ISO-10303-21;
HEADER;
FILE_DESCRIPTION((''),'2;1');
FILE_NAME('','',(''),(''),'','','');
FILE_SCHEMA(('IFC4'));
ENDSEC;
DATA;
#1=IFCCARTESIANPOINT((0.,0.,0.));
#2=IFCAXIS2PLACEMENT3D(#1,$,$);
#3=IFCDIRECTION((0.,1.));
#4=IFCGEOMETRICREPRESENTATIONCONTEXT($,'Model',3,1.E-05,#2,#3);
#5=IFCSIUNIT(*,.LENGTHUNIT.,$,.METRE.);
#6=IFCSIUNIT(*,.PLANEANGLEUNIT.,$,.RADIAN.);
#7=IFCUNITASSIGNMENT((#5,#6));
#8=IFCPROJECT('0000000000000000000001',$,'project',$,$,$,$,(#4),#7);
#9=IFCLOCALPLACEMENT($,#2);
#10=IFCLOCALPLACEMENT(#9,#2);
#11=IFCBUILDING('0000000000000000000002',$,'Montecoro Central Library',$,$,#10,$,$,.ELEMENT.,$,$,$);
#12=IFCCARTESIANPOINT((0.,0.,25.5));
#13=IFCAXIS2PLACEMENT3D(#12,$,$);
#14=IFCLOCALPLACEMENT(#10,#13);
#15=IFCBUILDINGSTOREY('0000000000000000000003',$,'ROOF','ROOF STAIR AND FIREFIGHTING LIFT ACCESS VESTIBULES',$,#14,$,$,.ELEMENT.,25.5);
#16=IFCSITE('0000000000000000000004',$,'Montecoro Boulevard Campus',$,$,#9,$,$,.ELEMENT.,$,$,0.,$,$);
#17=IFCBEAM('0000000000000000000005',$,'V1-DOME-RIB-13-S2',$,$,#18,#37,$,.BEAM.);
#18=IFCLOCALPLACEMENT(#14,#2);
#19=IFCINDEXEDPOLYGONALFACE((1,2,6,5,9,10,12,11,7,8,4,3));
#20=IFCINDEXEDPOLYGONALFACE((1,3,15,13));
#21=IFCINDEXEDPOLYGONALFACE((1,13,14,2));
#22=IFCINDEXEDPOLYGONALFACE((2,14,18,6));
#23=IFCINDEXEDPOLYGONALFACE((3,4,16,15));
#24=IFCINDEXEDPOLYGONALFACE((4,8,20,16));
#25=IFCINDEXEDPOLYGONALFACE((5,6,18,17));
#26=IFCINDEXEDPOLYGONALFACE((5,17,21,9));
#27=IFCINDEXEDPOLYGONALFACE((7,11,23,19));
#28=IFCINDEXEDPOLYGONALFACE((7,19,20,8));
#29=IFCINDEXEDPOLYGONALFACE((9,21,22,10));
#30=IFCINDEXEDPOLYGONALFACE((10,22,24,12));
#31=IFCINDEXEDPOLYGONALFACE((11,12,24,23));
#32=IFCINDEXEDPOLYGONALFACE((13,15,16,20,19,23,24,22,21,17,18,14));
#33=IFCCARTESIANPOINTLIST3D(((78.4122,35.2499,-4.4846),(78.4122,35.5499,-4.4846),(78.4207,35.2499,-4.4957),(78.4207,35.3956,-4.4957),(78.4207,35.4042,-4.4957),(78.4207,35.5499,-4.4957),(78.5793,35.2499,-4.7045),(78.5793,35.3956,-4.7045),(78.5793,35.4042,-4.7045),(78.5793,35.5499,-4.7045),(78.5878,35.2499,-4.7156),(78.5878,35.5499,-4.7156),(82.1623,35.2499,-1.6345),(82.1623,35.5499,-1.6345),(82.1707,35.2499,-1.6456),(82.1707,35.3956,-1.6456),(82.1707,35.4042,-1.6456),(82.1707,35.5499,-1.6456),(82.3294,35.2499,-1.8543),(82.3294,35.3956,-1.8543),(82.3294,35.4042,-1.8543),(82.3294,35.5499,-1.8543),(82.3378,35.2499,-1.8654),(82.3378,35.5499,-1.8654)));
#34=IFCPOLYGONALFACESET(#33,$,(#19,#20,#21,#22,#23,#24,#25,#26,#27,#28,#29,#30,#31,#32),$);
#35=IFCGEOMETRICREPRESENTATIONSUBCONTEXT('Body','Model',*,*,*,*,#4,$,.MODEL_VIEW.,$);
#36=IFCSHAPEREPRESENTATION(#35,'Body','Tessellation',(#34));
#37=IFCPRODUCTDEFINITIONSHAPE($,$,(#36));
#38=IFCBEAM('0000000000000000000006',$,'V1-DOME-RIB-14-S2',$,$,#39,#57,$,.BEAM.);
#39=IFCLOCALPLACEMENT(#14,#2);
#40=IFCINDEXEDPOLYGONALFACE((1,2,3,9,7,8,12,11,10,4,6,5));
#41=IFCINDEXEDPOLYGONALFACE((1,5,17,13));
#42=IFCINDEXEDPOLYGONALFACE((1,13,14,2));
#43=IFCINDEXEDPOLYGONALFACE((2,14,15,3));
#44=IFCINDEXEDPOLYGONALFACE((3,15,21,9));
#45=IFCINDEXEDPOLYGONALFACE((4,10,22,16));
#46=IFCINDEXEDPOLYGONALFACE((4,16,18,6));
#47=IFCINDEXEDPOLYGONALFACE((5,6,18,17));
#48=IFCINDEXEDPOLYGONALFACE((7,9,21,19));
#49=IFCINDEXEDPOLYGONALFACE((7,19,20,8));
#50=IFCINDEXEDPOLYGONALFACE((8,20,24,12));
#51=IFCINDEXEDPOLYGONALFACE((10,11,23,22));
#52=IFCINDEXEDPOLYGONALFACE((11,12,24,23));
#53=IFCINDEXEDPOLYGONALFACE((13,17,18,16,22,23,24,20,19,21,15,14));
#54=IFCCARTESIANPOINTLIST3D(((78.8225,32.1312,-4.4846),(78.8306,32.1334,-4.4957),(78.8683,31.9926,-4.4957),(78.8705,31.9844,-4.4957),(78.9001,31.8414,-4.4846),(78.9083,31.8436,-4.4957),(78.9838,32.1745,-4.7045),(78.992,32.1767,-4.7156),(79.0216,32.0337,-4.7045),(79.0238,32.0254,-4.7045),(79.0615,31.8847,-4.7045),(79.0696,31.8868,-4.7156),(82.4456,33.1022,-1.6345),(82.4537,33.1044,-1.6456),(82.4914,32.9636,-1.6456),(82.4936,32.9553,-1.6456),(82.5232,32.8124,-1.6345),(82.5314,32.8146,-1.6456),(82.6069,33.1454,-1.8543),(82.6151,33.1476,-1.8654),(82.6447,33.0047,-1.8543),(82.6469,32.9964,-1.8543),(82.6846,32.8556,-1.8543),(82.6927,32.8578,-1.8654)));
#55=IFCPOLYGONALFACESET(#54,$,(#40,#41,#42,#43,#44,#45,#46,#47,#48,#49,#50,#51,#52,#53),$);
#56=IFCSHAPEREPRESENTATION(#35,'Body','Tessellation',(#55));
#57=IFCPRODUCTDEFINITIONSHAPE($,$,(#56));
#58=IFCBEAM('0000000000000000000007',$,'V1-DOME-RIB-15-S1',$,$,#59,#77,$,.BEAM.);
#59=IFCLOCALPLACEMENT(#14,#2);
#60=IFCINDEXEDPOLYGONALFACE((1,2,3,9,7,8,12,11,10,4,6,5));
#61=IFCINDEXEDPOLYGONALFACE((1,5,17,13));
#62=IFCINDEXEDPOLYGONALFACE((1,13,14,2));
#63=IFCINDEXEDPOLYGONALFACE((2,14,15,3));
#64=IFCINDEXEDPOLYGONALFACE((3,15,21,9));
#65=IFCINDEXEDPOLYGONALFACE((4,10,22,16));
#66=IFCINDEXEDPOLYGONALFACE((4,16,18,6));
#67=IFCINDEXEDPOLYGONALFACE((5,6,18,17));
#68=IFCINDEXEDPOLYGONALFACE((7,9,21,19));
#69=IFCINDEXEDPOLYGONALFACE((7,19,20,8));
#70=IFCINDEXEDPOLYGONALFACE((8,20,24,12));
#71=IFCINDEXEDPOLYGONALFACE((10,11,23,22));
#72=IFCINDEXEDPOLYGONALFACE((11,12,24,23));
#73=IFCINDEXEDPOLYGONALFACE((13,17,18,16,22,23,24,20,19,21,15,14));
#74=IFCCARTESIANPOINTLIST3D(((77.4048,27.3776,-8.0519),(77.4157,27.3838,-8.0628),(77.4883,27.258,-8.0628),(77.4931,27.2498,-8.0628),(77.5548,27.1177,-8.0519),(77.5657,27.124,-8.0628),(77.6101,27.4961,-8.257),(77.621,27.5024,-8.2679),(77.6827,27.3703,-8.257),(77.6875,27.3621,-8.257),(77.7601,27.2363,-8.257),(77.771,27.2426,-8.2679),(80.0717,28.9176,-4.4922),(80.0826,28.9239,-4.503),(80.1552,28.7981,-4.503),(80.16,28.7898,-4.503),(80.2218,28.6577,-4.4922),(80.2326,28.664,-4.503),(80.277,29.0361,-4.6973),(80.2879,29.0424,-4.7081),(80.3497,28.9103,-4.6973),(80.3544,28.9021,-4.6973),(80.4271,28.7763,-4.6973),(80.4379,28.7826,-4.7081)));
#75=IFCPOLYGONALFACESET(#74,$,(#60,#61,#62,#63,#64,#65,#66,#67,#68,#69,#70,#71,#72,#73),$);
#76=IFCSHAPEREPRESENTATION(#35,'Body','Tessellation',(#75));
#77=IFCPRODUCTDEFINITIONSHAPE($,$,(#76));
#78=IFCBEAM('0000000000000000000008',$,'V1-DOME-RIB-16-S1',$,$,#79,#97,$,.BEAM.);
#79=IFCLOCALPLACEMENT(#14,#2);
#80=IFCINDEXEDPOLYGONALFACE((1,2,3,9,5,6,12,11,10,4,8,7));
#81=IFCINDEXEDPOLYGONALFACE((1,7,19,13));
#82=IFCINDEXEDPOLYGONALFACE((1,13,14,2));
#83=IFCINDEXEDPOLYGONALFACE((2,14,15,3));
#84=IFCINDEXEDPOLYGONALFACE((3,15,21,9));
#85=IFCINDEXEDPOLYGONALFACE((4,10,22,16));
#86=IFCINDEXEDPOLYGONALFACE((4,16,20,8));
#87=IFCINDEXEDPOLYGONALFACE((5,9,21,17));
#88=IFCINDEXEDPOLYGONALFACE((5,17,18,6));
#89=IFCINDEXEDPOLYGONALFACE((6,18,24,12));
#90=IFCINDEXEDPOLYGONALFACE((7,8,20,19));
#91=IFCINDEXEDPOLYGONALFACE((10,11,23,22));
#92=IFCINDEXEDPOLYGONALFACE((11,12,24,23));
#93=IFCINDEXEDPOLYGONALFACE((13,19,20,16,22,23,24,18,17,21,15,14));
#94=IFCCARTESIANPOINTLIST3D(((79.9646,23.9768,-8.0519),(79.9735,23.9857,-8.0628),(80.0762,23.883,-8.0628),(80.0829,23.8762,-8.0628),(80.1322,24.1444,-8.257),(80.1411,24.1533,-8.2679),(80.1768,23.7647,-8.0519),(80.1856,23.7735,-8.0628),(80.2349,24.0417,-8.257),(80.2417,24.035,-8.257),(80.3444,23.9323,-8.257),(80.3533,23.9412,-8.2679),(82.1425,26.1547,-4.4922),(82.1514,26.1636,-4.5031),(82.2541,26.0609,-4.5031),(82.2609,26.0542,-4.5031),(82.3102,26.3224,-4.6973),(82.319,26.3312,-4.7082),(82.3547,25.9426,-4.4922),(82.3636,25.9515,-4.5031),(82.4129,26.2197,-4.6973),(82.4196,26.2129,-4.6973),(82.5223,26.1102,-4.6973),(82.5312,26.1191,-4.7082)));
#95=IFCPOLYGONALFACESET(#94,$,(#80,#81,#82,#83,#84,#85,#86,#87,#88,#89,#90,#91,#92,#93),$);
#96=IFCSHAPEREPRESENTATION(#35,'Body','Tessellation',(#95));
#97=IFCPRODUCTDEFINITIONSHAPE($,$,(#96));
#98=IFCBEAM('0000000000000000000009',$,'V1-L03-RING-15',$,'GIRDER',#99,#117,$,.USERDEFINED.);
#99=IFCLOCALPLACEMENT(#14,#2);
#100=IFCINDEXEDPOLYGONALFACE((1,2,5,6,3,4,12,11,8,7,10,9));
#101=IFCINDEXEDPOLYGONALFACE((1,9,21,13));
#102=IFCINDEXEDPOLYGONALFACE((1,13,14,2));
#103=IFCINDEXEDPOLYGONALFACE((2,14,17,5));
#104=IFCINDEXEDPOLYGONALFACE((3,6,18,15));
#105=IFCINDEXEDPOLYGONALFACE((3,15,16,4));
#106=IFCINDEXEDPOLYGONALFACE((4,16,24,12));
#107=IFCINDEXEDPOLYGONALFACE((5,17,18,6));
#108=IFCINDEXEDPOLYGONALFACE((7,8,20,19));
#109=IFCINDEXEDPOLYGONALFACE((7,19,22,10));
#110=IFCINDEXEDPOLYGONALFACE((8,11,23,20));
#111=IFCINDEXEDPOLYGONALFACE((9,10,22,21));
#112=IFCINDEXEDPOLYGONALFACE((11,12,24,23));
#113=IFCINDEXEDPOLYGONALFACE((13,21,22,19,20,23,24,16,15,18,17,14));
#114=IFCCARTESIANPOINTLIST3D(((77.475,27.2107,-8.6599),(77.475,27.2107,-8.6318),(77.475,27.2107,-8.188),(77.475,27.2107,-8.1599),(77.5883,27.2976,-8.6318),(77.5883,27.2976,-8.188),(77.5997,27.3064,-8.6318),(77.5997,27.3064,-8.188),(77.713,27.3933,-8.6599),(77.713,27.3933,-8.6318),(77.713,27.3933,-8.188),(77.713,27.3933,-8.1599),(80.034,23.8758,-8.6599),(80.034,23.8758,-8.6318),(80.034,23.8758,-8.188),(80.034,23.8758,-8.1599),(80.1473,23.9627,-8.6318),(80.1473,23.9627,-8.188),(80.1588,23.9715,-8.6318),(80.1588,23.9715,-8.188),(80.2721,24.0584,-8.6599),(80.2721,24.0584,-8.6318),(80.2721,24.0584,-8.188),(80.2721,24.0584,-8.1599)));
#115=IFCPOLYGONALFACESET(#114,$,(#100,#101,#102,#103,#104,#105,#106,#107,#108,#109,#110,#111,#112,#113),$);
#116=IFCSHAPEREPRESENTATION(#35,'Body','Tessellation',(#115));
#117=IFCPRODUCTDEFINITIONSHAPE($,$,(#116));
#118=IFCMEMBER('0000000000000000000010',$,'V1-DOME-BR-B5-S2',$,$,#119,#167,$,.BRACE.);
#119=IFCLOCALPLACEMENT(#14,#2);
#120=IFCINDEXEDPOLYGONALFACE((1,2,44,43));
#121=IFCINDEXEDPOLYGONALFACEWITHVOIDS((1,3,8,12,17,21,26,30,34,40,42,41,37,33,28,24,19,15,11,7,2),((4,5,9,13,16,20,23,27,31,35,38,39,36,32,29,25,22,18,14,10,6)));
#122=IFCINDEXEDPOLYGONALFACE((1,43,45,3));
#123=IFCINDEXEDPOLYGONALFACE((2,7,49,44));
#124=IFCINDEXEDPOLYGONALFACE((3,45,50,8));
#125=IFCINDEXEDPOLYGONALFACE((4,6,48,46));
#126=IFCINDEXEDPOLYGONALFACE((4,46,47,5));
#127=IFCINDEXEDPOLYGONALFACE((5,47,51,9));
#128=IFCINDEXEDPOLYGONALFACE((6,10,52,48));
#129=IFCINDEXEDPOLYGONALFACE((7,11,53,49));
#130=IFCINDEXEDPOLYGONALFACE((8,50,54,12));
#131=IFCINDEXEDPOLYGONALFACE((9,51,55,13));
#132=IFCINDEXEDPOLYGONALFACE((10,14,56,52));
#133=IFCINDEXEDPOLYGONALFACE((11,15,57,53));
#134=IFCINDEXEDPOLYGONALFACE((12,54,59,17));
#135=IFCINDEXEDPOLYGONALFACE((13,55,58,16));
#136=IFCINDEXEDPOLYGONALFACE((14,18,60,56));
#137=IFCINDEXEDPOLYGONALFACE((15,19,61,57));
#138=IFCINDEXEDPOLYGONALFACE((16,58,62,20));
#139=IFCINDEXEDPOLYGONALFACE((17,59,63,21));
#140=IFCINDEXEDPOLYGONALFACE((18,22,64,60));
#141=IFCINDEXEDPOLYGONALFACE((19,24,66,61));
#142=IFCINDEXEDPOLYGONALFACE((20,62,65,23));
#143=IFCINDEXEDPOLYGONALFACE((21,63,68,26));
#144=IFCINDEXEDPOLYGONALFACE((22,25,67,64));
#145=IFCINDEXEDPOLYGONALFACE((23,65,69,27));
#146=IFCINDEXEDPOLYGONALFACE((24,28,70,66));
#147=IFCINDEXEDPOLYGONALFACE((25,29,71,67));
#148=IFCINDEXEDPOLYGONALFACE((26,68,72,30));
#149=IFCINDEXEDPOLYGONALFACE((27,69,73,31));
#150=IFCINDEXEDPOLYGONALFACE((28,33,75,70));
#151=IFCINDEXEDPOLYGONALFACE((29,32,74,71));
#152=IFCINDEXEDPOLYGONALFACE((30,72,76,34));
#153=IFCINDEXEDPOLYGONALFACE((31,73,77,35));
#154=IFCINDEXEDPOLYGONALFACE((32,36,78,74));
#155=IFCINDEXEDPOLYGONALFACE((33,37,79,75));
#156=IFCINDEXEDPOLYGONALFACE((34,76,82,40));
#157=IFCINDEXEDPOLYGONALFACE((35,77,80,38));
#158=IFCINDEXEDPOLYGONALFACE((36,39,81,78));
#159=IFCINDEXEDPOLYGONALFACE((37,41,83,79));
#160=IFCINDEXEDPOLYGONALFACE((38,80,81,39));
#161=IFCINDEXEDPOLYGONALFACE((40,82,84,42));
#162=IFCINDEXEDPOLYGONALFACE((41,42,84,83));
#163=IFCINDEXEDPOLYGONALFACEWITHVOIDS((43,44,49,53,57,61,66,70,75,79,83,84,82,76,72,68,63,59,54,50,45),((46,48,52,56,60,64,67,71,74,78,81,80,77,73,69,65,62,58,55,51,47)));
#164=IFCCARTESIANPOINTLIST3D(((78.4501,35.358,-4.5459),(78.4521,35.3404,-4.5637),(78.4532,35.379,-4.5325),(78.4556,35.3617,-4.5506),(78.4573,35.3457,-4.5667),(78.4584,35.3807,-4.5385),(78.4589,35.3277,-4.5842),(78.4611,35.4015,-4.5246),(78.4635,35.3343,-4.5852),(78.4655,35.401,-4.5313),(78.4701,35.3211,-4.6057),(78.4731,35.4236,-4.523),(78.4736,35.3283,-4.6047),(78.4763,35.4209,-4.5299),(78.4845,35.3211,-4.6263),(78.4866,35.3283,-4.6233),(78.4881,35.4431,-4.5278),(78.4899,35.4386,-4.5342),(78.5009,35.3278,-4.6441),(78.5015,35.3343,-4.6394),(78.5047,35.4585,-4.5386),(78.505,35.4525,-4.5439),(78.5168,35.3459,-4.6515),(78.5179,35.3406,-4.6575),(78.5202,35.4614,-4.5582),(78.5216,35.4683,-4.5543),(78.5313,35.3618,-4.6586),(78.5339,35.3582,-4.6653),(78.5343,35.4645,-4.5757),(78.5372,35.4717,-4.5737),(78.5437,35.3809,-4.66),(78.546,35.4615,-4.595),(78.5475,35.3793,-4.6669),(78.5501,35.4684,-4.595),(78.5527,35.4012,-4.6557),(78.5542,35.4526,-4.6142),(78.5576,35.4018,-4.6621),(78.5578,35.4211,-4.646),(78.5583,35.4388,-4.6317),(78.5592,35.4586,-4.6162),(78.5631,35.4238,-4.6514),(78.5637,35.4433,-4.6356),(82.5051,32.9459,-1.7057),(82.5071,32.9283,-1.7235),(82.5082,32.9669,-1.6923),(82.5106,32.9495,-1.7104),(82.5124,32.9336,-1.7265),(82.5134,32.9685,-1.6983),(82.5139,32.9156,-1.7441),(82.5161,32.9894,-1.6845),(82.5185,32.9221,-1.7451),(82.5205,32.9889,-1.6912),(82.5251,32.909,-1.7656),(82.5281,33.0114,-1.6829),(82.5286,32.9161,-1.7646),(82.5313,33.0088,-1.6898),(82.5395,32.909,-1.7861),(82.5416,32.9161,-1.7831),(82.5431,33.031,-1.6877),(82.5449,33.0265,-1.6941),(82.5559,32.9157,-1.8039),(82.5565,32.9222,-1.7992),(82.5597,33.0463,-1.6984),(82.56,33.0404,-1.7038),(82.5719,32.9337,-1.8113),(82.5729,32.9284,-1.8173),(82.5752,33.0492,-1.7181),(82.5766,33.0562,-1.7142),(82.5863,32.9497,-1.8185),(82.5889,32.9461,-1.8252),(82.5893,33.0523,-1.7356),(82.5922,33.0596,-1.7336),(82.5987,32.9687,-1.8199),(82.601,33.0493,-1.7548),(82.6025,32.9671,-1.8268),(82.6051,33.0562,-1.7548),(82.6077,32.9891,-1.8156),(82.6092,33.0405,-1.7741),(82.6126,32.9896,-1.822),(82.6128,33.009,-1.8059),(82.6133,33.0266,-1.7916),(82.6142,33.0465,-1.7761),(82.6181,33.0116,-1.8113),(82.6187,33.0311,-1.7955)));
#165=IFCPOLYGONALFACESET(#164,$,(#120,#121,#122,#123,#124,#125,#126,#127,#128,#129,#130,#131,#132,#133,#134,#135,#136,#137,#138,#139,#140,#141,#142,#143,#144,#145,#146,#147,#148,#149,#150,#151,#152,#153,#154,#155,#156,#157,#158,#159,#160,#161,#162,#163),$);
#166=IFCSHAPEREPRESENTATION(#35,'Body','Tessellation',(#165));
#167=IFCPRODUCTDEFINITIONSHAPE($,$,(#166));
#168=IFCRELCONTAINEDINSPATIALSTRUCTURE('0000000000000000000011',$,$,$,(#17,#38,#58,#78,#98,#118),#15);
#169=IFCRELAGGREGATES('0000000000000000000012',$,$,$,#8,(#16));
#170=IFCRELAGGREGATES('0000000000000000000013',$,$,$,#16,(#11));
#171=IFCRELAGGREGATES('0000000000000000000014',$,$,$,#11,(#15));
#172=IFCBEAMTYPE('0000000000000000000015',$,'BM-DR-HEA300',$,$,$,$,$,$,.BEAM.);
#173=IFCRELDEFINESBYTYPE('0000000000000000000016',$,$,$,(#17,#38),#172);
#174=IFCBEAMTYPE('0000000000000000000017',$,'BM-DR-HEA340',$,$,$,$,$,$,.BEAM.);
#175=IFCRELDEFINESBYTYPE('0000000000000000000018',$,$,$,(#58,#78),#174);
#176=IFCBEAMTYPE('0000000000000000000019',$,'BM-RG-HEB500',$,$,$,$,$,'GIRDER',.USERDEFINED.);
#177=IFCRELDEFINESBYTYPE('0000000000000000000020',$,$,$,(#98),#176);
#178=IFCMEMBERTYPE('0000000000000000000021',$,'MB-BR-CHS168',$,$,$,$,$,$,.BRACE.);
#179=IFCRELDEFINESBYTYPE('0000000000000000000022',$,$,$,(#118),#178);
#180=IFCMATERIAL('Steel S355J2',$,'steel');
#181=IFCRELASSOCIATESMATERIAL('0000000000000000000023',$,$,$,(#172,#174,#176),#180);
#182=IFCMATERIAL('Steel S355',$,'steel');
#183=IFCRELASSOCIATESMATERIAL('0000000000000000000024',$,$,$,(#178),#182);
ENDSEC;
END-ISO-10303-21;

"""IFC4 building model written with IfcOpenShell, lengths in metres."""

from ifc_helpers import new_model, si_unit, direction, frame, origin, origin_2d, place, context, subcontext, project, spatial, hollow_circle, i_section, extrude, material, material_profile, profile_set, type_object, element, save


model = new_model("IFC4")

# Units and contexts
model_context = context("Model", 3, precision=1e-05, world=origin(), true_north=direction((0.0, 1.0)))
body_context = subcontext(model_context, "Body", "Model", "MODEL_VIEW")
ifc_project = project(units=[si_unit("LENGTHUNIT", "METRE"), si_unit("PLANEANGLEUNIT", "RADIAN")], contexts=[model_context])

# Site, building, storey
site_placement = place(None, origin())
site = spatial("IfcSite", under=ifc_project, at=site_placement, Name="Montecoro Boulevard Campus", CompositionType="ELEMENT", RefElevation=0.0)
building_placement = place(site_placement, origin())
building = spatial("IfcBuilding", under=site, at=building_placement, Name="Montecoro Central Library", CompositionType="ELEMENT")
storey_placement = place(building_placement, frame((0.0, 0.0, 25.5)))
storey = spatial("IfcBuildingStorey", under=building, at=storey_placement, Name="ROOF", Description="ROOF STAIR AND FIREFIGHTING LIFT ACCESS VESTIBULES", CompositionType="ELEMENT", Elevation=25.5)

# Beams
ifc_material_1 = material(Name="Steel S355J2", Category="steel")
ifc_material_profile_1 = material_profile(ifc_material_1, i_section(OverallWidth=0.3, OverallDepth=0.29, WebThickness=0.0085, FlangeThickness=0.0139, at=origin_2d()), Name="HEA 300")
ifc_profile_set_1 = profile_set([ifc_material_profile_1], Name="Steel S355J2")
beam_type_1 = type_object("IfcBeamType", Name="BM-DR-HEA300", PredefinedType="BEAM", material=ifc_profile_set_1)
beam_1_placement = place(storey_placement, frame((78.5, 35.3999, -4.6001), z_axis=(0.796152, 0.0, 0.605096), x_axis=(0.0, 1.0, 0.0)))
element("IfcBeam", 1, at=beam_1_placement, inside=storey, type_object=beam_type_1, Name="V1-DOME-RIB-13-S2", PredefinedType="BEAM", context=body_context, shape_type="SweptSolid", body=[
    extrude(i_section(OverallWidth=0.3, OverallDepth=0.29, WebThickness=0.0085, FlangeThickness=0.0139, at=origin_2d()), origin(), (0.0, 0.0, 1.0), 4.7102),
])
beam_2_placement = place(storey_placement, frame((78.946, 32.009, -4.6001), z_axis=(0.769083, 0.206108, 0.605005), x_axis=(-0.258858, 0.965916, 0.0)))
element("IfcBeam", 2, at=beam_2_placement, inside=storey, type_object=beam_type_1, Name="V1-DOME-RIB-14-S2", PredefinedType="BEAM", context=body_context, shape_type="SweptSolid", body=[
    extrude(i_section(OverallWidth=0.3, OverallDepth=0.29, WebThickness=0.0085, FlangeThickness=0.0139, at=origin_2d()), origin(), (0.0, 0.0, 1.0), 4.7109),
])
ifc_material_profile_2 = material_profile(ifc_material_1, i_section(OverallWidth=0.3, OverallDepth=0.3301, WebThickness=0.0095, FlangeThickness=0.0166, at=origin_2d()), Name="HEA 340")
ifc_profile_set_2 = profile_set([ifc_material_profile_2], Name="Steel S355J2")
beam_type_2 = type_object("IfcBeamType", Name="BM-DR-HEA340", PredefinedType="BEAM", material=ifc_profile_set_2)
beam_3_placement = place(storey_placement, frame((77.5879, 27.3101, -8.1599), z_axis=(0.566589, 0.327173, 0.756264), x_axis=(-0.500061, 0.86599, 0.0)))
element("IfcBeam", 3, at=beam_3_placement, inside=storey, type_object=beam_type_2, Name="V1-DOME-RIB-15-S1", PredefinedType="BEAM", context=body_context, shape_type="SweptSolid", body=[
    extrude(i_section(OverallWidth=0.3, OverallDepth=0.3301, WebThickness=0.0095, FlangeThickness=0.0166, at=origin_2d()), origin(), (0.0, 0.0, 1.0), 4.707),
])
beam_4_placement = place(storey_placement, frame((80.1589, 23.959, -8.1599), z_axis=(0.462673, 0.462673, 0.756219), x_axis=(-0.707107, 0.707107, 0.0)))
element("IfcBeam", 4, at=beam_4_placement, inside=storey, type_object=beam_type_2, Name="V1-DOME-RIB-16-S1", PredefinedType="BEAM", context=body_context, shape_type="SweptSolid", body=[
    extrude(i_section(OverallWidth=0.3, OverallDepth=0.3301, WebThickness=0.0095, FlangeThickness=0.0166, at=origin_2d()), origin(), (0.0, 0.0, 1.0), 4.7073),
])
ifc_material_profile_3 = material_profile(ifc_material_1, i_section(OverallWidth=0.3, OverallDepth=0.5, WebThickness=0.0144, FlangeThickness=0.0281, at=origin_2d()), Name="HEB 500")
ifc_profile_set_3 = profile_set([ifc_material_profile_3], Name="Steel S355J2")
beam_type_3 = type_object("IfcBeamType", Name="BM-RG-HEB500", ElementType="GIRDER", PredefinedType="USERDEFINED", material=ifc_profile_set_3)
beam_5_placement = place(storey_placement, frame((77.594, 27.302, -8.4099), z_axis=(0.608773, -0.793345, 0.0), x_axis=(0.793345, 0.608773, 0.0)))
element("IfcBeam", 5, at=beam_5_placement, inside=storey, type_object=beam_type_3, Name="V1-L03-RING-15", ObjectType="GIRDER", PredefinedType="USERDEFINED", context=body_context, shape_type="SweptSolid", body=[
    extrude(i_section(OverallWidth=0.3, OverallDepth=0.5, WebThickness=0.0144, FlangeThickness=0.0281, at=origin_2d()), origin(), (0.0, 0.0, 1.0), 4.2036),
])

# Member
ifc_material_2 = material(Name="Steel S355", Category="steel")
ifc_material_profile_4 = material_profile(ifc_material_2, hollow_circle(Radius=0.0842, WallThickness=0.0081, at=origin_2d()), Name="CHS 168.3x8.0")
ifc_profile_set_4 = profile_set([ifc_material_profile_4], Name="Steel S355")
member_type_1 = type_object("IfcMemberType", Name="MB-BR-CHS168", PredefinedType="BRACE", material=ifc_profile_set_4)
member_1_placement = place(storey_placement, frame((78.5071, 35.396, -4.595), z_axis=(0.736326, -0.438009, 0.515725), x_axis=(0.511243, 0.859436, 0.0)))
element("IfcMember", 6, at=member_1_placement, inside=storey, type_object=member_type_1, Name="V1-DOME-BR-B5-S2", PredefinedType="BRACE", context=body_context, shape_type="SweptSolid", body=[
    extrude(hollow_circle(Radius=0.0842, WallThickness=0.0081, at=origin_2d()), origin(), (0.0, 0.0, 1.0), 5.5071),
])

save(model, "model.ifc")
